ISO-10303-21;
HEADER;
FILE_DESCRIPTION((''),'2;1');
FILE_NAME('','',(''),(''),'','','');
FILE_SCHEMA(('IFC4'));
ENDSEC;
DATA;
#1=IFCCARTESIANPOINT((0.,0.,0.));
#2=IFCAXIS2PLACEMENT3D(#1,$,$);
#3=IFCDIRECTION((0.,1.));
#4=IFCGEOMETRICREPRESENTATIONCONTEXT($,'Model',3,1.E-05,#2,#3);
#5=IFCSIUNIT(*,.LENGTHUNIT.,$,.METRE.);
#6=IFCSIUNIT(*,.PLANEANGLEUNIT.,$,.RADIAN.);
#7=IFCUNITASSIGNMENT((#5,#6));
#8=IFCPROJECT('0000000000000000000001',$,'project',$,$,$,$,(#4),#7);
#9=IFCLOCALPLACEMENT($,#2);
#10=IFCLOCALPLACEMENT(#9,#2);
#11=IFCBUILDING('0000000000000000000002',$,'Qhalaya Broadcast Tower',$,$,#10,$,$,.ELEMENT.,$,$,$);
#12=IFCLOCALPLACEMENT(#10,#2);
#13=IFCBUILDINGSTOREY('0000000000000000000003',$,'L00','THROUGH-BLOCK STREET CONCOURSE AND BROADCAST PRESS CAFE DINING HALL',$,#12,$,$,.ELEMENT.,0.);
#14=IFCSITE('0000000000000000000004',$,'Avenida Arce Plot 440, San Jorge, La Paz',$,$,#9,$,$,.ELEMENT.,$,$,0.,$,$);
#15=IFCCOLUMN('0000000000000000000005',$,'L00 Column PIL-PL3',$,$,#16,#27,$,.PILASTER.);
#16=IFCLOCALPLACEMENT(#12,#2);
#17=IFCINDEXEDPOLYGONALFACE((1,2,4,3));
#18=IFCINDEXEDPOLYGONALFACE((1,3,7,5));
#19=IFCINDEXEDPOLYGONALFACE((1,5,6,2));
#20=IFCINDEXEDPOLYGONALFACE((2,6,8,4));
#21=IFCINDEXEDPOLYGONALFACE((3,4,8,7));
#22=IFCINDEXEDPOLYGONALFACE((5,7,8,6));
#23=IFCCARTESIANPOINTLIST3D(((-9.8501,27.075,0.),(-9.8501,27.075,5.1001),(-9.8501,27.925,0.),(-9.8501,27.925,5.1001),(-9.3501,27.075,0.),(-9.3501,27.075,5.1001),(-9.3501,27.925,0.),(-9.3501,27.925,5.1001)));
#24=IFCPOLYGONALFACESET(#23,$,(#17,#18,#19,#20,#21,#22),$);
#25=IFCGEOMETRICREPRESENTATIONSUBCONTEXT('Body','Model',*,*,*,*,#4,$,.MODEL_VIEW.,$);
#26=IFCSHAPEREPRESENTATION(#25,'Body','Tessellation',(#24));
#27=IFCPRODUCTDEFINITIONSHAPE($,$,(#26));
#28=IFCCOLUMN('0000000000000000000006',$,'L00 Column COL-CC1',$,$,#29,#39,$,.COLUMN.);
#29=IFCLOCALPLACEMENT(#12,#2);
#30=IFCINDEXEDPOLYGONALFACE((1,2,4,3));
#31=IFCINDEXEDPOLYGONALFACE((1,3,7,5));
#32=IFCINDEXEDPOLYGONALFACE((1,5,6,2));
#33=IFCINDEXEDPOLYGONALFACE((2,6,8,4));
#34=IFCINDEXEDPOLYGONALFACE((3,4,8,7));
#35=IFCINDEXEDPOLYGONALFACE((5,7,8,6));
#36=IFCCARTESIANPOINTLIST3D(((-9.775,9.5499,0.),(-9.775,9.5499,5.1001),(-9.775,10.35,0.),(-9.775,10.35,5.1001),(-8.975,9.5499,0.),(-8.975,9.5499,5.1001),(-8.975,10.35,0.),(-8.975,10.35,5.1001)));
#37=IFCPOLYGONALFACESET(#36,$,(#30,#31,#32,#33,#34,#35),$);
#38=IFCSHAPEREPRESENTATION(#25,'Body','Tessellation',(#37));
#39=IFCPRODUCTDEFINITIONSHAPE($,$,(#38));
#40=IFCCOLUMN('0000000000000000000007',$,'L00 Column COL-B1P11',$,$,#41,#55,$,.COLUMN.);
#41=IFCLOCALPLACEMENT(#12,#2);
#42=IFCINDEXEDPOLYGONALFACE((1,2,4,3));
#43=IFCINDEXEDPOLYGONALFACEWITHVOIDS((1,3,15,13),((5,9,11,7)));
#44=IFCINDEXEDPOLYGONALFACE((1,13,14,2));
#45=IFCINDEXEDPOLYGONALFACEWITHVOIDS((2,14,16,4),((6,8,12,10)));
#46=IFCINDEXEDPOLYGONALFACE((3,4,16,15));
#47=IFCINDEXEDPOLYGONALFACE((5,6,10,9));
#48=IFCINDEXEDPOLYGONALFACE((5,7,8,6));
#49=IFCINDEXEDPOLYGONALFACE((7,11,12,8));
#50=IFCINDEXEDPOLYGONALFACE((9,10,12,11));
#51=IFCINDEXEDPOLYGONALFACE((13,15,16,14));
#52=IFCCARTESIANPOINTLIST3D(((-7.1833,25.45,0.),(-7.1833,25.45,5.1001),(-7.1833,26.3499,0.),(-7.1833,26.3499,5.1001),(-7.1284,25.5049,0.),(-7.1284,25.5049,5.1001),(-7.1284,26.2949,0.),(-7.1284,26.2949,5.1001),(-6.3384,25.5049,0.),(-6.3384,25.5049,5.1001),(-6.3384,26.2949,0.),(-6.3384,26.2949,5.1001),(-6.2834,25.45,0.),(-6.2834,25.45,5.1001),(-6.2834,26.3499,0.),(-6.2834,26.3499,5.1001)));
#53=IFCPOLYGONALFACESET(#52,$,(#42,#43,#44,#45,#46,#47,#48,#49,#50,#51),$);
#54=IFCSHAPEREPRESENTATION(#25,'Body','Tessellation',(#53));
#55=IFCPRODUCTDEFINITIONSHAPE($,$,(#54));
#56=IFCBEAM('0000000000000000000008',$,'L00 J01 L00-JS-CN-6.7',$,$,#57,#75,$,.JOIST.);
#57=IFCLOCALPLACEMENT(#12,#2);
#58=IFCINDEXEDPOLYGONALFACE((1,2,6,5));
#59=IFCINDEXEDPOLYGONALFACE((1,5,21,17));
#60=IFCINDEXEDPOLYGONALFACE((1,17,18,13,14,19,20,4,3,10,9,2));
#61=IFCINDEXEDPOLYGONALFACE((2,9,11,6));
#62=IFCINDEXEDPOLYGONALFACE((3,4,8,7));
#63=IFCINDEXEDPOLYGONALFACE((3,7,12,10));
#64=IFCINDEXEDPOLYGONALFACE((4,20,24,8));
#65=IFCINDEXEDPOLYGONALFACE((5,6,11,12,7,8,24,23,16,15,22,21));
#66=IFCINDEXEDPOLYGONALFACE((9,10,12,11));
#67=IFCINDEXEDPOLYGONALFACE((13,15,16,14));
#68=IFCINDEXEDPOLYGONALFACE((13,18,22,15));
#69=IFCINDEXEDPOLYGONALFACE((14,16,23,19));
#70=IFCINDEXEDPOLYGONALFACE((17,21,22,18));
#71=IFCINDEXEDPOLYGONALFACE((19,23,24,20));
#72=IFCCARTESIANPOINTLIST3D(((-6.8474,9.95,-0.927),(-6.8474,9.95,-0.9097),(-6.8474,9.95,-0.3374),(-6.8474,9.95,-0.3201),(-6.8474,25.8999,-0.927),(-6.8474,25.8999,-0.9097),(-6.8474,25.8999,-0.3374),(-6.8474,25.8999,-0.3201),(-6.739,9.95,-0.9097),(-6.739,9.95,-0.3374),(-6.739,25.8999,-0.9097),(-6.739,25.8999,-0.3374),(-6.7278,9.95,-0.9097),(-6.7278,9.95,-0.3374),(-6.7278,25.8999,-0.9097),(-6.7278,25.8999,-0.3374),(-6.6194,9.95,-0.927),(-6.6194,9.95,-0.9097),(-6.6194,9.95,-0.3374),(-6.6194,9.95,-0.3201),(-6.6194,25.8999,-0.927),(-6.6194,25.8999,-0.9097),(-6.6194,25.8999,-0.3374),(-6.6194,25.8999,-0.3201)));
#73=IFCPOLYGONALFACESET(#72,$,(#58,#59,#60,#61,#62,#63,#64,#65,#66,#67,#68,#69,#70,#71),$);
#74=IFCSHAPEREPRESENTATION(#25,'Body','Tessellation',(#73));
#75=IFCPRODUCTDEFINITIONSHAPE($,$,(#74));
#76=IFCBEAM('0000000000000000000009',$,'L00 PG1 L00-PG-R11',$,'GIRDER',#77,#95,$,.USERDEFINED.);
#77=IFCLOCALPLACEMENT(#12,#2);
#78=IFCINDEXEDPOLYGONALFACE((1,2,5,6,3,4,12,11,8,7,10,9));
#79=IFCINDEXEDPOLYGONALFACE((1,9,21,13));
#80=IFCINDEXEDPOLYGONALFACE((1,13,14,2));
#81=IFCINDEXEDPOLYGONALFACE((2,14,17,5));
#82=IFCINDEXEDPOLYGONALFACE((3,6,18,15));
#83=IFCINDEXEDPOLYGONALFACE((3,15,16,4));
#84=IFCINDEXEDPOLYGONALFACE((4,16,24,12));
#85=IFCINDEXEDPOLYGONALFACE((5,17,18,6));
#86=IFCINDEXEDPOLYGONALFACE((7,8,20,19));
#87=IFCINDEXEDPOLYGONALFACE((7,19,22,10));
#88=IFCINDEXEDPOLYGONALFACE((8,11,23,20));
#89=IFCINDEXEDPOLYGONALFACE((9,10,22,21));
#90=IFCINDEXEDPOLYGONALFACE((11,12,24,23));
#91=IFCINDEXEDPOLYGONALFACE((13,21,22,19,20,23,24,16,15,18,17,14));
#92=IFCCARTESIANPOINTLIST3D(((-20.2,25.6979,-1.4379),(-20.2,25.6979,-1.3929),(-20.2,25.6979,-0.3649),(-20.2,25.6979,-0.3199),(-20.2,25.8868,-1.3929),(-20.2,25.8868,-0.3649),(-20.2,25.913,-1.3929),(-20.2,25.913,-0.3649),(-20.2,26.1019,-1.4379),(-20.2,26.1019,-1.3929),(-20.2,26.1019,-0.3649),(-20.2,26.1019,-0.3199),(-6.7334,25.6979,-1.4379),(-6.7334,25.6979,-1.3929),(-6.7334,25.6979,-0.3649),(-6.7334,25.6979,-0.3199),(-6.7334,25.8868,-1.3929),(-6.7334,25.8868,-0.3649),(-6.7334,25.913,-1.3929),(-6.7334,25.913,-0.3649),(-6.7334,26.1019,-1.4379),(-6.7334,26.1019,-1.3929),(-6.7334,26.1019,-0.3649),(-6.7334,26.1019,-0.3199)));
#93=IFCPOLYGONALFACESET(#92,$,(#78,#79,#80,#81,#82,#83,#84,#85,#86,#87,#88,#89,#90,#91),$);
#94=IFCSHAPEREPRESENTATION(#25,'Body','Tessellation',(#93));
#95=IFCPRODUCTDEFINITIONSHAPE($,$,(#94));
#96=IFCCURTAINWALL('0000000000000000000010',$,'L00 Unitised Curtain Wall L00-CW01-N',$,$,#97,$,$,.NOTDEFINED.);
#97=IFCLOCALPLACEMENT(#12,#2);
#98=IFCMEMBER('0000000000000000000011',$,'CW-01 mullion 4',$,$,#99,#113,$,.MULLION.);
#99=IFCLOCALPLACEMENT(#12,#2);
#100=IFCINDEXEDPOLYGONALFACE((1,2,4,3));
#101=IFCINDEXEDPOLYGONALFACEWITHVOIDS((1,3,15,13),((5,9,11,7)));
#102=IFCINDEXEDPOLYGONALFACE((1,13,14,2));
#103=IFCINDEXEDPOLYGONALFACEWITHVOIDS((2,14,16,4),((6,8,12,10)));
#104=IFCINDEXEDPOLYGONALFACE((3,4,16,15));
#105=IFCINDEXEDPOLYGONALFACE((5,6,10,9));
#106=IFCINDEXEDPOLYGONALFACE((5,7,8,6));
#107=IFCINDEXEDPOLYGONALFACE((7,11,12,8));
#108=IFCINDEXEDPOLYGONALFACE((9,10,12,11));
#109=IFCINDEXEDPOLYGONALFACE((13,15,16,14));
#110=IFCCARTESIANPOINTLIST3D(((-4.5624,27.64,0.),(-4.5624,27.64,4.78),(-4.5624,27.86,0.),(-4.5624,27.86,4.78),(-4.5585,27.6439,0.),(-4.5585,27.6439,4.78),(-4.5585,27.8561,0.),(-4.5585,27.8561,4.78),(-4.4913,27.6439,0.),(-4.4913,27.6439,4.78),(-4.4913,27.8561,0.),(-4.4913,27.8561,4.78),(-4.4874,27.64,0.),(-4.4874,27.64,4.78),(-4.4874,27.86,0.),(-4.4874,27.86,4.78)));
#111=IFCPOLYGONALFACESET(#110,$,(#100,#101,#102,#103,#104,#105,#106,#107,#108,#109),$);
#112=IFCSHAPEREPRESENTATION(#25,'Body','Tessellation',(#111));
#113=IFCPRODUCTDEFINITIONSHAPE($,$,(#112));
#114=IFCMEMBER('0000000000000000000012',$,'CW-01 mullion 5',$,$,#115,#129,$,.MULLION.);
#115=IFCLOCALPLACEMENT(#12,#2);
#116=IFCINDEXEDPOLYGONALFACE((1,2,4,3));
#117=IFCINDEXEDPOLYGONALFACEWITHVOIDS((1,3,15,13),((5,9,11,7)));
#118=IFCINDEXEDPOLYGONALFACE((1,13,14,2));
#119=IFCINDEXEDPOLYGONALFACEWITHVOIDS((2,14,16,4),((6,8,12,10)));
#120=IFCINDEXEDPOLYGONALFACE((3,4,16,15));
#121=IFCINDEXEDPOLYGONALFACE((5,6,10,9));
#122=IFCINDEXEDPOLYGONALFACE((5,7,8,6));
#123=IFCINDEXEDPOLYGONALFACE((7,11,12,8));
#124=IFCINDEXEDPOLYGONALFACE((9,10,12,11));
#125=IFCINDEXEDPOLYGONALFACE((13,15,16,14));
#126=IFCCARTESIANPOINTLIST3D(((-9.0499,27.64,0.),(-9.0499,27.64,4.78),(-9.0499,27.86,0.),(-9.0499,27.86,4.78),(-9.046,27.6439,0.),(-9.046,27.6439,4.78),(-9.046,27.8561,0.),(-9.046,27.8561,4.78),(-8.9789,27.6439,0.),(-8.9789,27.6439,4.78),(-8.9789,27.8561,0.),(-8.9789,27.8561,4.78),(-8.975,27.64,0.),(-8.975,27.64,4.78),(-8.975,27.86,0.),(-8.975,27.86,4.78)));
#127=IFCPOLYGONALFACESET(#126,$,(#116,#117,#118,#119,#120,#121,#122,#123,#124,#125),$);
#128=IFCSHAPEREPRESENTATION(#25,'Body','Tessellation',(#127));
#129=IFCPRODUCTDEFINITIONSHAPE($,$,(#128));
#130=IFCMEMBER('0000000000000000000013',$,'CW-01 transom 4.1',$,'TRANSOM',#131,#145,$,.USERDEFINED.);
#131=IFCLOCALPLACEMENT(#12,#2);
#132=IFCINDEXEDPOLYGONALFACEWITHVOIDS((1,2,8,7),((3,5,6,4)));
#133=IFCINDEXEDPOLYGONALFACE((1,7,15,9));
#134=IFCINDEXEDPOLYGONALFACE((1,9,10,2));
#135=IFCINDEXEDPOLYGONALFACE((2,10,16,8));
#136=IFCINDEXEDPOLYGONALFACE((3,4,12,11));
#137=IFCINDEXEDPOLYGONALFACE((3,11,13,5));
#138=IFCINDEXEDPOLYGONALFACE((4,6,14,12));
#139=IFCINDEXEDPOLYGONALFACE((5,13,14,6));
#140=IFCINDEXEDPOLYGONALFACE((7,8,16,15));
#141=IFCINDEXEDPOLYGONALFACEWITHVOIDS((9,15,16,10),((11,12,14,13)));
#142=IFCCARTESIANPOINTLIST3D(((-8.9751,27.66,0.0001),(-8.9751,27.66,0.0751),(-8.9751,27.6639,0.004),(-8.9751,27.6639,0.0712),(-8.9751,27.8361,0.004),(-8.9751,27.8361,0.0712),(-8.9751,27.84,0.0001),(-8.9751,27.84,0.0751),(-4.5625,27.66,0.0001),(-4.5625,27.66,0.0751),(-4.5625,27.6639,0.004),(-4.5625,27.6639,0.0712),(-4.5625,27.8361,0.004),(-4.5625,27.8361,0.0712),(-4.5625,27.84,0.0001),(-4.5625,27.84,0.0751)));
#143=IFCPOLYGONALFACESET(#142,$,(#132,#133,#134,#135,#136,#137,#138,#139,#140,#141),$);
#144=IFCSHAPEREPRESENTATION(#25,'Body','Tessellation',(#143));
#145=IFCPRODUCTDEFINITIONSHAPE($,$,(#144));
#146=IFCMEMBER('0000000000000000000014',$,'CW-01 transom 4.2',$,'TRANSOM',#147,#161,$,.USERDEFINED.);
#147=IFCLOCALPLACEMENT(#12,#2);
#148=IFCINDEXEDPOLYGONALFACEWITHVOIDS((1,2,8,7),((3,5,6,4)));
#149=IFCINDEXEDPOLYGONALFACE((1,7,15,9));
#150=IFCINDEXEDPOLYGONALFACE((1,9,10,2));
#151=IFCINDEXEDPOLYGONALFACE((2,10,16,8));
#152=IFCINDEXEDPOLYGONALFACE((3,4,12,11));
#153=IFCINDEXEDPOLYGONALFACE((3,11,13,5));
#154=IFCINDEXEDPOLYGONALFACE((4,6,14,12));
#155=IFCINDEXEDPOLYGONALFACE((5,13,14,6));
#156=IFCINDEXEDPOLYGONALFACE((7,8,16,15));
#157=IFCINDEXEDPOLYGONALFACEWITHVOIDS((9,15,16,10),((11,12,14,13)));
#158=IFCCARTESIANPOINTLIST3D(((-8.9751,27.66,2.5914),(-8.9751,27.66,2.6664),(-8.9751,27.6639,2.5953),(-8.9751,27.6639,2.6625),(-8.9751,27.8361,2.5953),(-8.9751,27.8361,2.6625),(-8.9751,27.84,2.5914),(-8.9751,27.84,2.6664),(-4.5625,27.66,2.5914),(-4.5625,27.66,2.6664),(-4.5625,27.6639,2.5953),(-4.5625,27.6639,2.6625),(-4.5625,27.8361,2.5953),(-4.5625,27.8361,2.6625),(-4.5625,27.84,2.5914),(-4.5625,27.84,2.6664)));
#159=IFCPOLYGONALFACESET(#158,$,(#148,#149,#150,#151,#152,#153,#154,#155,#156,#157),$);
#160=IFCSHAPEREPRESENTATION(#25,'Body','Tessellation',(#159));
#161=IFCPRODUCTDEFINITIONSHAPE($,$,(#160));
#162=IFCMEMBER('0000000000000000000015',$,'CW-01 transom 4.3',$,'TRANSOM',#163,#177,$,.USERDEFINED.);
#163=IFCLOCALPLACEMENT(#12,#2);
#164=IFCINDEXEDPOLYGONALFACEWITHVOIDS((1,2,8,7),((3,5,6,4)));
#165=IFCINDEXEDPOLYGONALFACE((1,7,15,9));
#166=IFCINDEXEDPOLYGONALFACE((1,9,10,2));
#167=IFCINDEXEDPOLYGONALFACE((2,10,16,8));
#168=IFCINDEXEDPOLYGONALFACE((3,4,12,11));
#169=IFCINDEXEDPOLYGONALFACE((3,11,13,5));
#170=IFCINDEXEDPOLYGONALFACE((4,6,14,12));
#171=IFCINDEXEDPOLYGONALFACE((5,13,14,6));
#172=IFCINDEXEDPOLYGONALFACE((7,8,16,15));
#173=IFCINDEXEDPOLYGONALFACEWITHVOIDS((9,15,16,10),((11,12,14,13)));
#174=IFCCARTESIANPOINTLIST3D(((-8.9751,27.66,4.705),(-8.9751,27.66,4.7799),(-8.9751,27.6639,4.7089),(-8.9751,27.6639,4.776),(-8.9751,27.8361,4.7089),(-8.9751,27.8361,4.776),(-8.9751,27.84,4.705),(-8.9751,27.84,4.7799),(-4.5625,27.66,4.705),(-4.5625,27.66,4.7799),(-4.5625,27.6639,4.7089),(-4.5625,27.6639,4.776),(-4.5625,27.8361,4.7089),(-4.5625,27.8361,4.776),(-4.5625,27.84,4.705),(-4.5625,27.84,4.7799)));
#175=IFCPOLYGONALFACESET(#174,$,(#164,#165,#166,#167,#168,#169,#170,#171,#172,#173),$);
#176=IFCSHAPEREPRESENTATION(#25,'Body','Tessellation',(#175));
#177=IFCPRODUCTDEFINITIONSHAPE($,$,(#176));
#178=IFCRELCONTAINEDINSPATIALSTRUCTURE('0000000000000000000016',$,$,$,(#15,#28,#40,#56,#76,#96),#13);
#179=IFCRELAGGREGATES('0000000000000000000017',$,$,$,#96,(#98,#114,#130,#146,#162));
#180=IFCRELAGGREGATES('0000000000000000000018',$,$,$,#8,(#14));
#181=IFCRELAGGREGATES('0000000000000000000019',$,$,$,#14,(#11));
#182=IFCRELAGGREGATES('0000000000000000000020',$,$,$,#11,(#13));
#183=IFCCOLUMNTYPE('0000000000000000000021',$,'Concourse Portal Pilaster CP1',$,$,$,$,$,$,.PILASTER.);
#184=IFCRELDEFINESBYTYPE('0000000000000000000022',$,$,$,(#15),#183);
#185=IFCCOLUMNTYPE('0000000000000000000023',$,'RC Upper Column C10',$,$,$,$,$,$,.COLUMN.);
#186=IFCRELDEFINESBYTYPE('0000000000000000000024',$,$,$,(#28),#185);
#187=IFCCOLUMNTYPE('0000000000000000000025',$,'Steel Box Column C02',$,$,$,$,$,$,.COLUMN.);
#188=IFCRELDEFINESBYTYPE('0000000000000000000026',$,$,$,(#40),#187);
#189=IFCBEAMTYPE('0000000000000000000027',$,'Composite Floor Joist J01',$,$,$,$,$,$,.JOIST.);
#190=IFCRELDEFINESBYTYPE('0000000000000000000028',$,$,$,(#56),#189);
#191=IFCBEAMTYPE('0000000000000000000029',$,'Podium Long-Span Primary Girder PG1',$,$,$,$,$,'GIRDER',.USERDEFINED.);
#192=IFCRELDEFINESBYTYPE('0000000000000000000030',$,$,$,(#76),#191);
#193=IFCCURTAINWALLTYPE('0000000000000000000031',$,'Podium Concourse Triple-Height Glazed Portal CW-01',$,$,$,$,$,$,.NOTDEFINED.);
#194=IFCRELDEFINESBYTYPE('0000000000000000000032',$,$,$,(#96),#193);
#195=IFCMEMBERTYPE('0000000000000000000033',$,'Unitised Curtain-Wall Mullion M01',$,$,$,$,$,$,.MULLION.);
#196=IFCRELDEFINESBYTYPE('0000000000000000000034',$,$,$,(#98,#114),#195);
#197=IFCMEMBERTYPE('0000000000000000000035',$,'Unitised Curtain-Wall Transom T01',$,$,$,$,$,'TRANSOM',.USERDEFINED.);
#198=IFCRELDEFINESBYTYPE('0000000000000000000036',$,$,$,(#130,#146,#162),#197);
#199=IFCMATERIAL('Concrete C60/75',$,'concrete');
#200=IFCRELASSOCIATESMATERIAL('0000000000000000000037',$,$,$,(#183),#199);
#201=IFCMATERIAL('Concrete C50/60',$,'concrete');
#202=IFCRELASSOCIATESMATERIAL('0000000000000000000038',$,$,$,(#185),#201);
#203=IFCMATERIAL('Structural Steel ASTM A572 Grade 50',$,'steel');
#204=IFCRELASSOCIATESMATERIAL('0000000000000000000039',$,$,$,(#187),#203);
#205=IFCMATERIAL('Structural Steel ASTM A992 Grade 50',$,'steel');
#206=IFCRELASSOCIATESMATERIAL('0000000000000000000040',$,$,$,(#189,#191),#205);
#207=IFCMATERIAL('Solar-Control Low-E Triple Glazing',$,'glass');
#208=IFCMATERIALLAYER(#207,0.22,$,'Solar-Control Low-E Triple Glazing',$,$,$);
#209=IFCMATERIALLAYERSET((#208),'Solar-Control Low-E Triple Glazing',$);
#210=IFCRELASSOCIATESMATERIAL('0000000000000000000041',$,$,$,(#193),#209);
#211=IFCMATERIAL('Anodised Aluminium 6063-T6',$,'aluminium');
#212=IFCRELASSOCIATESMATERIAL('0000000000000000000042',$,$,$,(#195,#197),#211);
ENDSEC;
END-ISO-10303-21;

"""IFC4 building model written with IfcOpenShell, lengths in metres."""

from ifc_helpers import new_model, si_unit, direction, frame, origin, origin_2d, place, context, subcontext, project, spatial, rectangle, hollow_rectangle, i_section, extrude, material, layer, layer_set, material_profile, profile_set, type_object, element, aggregate, save


model = new_model("IFC4")

# Units and contexts
model_context = context("Model", 3, precision=1e-05, world=origin(), true_north=direction((0.0, 1.0)))
body_context = subcontext(model_context, "Body", "Model", "MODEL_VIEW")
ifc_project = project(units=[si_unit("LENGTHUNIT", "METRE"), si_unit("PLANEANGLEUNIT", "RADIAN")], contexts=[model_context])

# Site, building, storey
site_placement = place(None, origin())
site = spatial("IfcSite", under=ifc_project, at=site_placement, Name="Avenida Arce Plot 440, San Jorge, La Paz", CompositionType="ELEMENT", RefElevation=0.0)
building_placement = place(site_placement, origin())
building = spatial("IfcBuilding", under=site, at=building_placement, Name="Qhalaya Broadcast Tower", CompositionType="ELEMENT")
storey_placement = place(building_placement, origin())
storey = spatial("IfcBuildingStorey", under=building, at=storey_placement, Name="L00", Description="THROUGH-BLOCK STREET CONCOURSE AND BROADCAST PRESS CAFE DINING HALL", CompositionType="ELEMENT", Elevation=0.0)

# Columns
ifc_material_1 = material(Name="Concrete C60/75", Category="concrete")
ifc_material_profile_1 = material_profile(ifc_material_1, rectangle(XDim=0.5, YDim=0.8501, at=origin_2d()), Name="RC-PIL 500x850")
ifc_profile_set_1 = profile_set([ifc_material_profile_1], Name="Concrete C60/75")
column_type_1 = type_object("IfcColumnType", Name="Concourse Portal Pilaster CP1", PredefinedType="PILASTER", material=ifc_profile_set_1)
column_1_placement = place(storey_placement, frame((-9.6001, 27.5, 0.0), z_axis=(0.0, 0.0, 1.0), x_axis=(1.0, 0.0, 0.0)))
element("IfcColumn", 1, at=column_1_placement, inside=storey, type_object=column_type_1, Name="L00 Column PIL-PL3", PredefinedType="PILASTER", context=body_context, shape_type="SweptSolid", body=[
    extrude(rectangle(XDim=0.5, YDim=0.8501, at=origin_2d()), origin(), (0.0, 0.0, 1.0), 5.1001),
])
ifc_material_2 = material(Name="Concrete C50/60", Category="concrete")
ifc_material_profile_2 = material_profile(ifc_material_2, rectangle(XDim=0.8, YDim=0.8, at=origin_2d()), Name="RC-COL 800x800")
ifc_profile_set_2 = profile_set([ifc_material_profile_2], Name="Concrete C50/60")
column_type_2 = type_object("IfcColumnType", Name="RC Upper Column C10", PredefinedType="COLUMN", material=ifc_profile_set_2)
column_2_placement = place(storey_placement, frame((-9.375, 9.95, 0.0), z_axis=(0.0, 0.0, 1.0), x_axis=(1.0, 0.0, 0.0)))
element("IfcColumn", 2, at=column_2_placement, inside=storey, type_object=column_type_2, Name="L00 Column COL-CC1", PredefinedType="COLUMN", context=body_context, shape_type="SweptSolid", body=[
    extrude(rectangle(XDim=0.8, YDim=0.8, at=origin_2d()), origin(), (0.0, 0.0, 1.0), 5.1001),
])
ifc_material_3 = material(Name="Structural Steel ASTM A572 Grade 50", Category="steel")
ifc_material_profile_3 = material_profile(ifc_material_3, hollow_rectangle(XDim=0.8999, YDim=0.8999, WallThickness=0.0549, at=origin_2d()), Name="BOX 900x900x55")
ifc_profile_set_3 = profile_set([ifc_material_profile_3], Name="Structural Steel ASTM A572 Grade 50")
column_type_3 = type_object("IfcColumnType", Name="Steel Box Column C02", PredefinedType="COLUMN", material=ifc_profile_set_3)
column_3_placement = place(storey_placement, frame((-6.7334, 25.8999, 0.0), z_axis=(0.0, 0.0, 1.0), x_axis=(1.0, 0.0, 0.0)))
element("IfcColumn", 3, at=column_3_placement, inside=storey, type_object=column_type_3, Name="L00 Column COL-B1P11", PredefinedType="COLUMN", context=body_context, shape_type="SweptSolid", body=[
    extrude(hollow_rectangle(XDim=0.8999, YDim=0.8999, WallThickness=0.0549, at=origin_2d()), origin(), (0.0, 0.0, 1.0), 5.1001),
])

# Beams
ifc_material_4 = material(Name="Structural Steel ASTM A992 Grade 50", Category="steel")
ifc_material_profile_4 = material_profile(ifc_material_4, i_section(OverallWidth=0.228, OverallDepth=0.6069, WebThickness=0.0112, FlangeThickness=0.0173, at=origin_2d()), Name="W24X76")
ifc_profile_set_4 = profile_set([ifc_material_profile_4], Name="Structural Steel ASTM A992 Grade 50")
beam_type_1 = type_object("IfcBeamType", Name="Composite Floor Joist J01", PredefinedType="JOIST", material=ifc_profile_set_4)
beam_1_placement = place(storey_placement, frame((-6.7334, 9.95, -0.6235), z_axis=(0.0, 1.0, 0.0), x_axis=(-1.0, 0.0, 0.0)))
element("IfcBeam", 4, at=beam_1_placement, inside=storey, type_object=beam_type_1, Name="L00 J01 L00-JS-CN-6.7", PredefinedType="JOIST", context=body_context, shape_type="SweptSolid", body=[
    extrude(i_section(OverallWidth=0.228, OverallDepth=0.6069, WebThickness=0.0112, FlangeThickness=0.0173, at=origin_2d()), origin(), (0.0, 0.0, 1.0), 15.95),
])
ifc_material_profile_5 = material_profile(ifc_material_4, i_section(OverallWidth=0.4041, OverallDepth=1.1179, WebThickness=0.0261, FlangeThickness=0.0449, at=origin_2d()), Name="W44X335")
ifc_profile_set_5 = profile_set([ifc_material_profile_5], Name="Structural Steel ASTM A992 Grade 50")
beam_type_2 = type_object("IfcBeamType", Name="Podium Long-Span Primary Girder PG1", ElementType="GIRDER", PredefinedType="USERDEFINED", material=ifc_profile_set_5)
beam_2_placement = place(storey_placement, frame((-6.7334, 25.8999, -0.8789), z_axis=(-1.0, 0.0, 0.0), x_axis=(0.0, -1.0, 0.0)))
element("IfcBeam", 5, at=beam_2_placement, inside=storey, type_object=beam_type_2, Name="L00 PG1 L00-PG-R11", ObjectType="GIRDER", PredefinedType="USERDEFINED", context=body_context, shape_type="SweptSolid", body=[
    extrude(i_section(OverallWidth=0.4041, OverallDepth=1.1179, WebThickness=0.0261, FlangeThickness=0.0449, at=origin_2d()), origin(), (0.0, 0.0, 1.0), 13.4666),
])

# Curtain wall, members
ifc_material_5 = material(Name="Solar-Control Low-E Triple Glazing", Category="glass")
ifc_layer_1 = layer(ifc_material_5, 0.22, Name="Solar-Control Low-E Triple Glazing")
ifc_layer_set_1 = layer_set([ifc_layer_1], Name="Solar-Control Low-E Triple Glazing")
curtain_wall_type = type_object("IfcCurtainWallType", Name="Podium Concourse Triple-Height Glazed Portal CW-01", PredefinedType="NOTDEFINED", material=ifc_layer_set_1)
curtain_wall_placement = place(storey_placement, origin())
curtain_wall = element("IfcCurtainWall", 6, at=curtain_wall_placement, inside=storey, type_object=curtain_wall_type, Name="L00 Unitised Curtain Wall L00-CW01-N", PredefinedType="NOTDEFINED")
ifc_material_6 = material(Name="Anodised Aluminium 6063-T6", Category="aluminium")
ifc_material_profile_6 = material_profile(ifc_material_6, hollow_rectangle(XDim=0.075, YDim=0.22, WallThickness=0.0039, at=origin_2d()), Name="ALU-MUL 75x220x4")
ifc_profile_set_6 = profile_set([ifc_material_profile_6], Name="Anodised Aluminium 6063-T6")
member_type_1 = type_object("IfcMemberType", Name="Unitised Curtain-Wall Mullion M01", PredefinedType="MULLION", material=ifc_profile_set_6)
member_1_placement = place(storey_placement, frame((-4.5249, 27.75, 0.0), z_axis=(0.0, 0.0, 1.0), x_axis=(-1.0, 0.0, 0.0)))
member_1 = element("IfcMember", 7, at=member_1_placement, type_object=member_type_1, Name="CW-01 mullion 4", PredefinedType="MULLION", context=body_context, shape_type="SweptSolid", body=[
    extrude(hollow_rectangle(XDim=0.075, YDim=0.22, WallThickness=0.0039, at=origin_2d()), origin(), (0.0, 0.0, 1.0), 4.78),
])
member_2_placement = place(storey_placement, frame((-9.0125, 27.75, 0.0), z_axis=(0.0, 0.0, 1.0), x_axis=(-1.0, 0.0, 0.0)))
member_2 = element("IfcMember", 8, at=member_2_placement, type_object=member_type_1, Name="CW-01 mullion 5", PredefinedType="MULLION", context=body_context, shape_type="SweptSolid", body=[
    extrude(hollow_rectangle(XDim=0.075, YDim=0.22, WallThickness=0.0039, at=origin_2d()), origin(), (0.0, 0.0, 1.0), 4.78),
])
ifc_material_profile_7 = material_profile(ifc_material_6, hollow_rectangle(XDim=0.075, YDim=0.1799, WallThickness=0.0039, at=origin_2d()), Name="ALU-TRN 75x180x4")
ifc_profile_set_7 = profile_set([ifc_material_profile_7], Name="Anodised Aluminium 6063-T6")
member_type_2 = type_object("IfcMemberType", Name="Unitised Curtain-Wall Transom T01", ElementType="TRANSOM", PredefinedType="USERDEFINED", material=ifc_profile_set_7)
member_3_placement = place(storey_placement, frame((-4.5625, 27.75, 0.0376), z_axis=(-1.0, 0.0, 0.0), x_axis=(0.0, 0.0, 1.0)))
member_3 = element("IfcMember", 9, at=member_3_placement, type_object=member_type_2, Name="CW-01 transom 4.1", ObjectType="TRANSOM", PredefinedType="USERDEFINED", context=body_context, shape_type="SweptSolid", body=[
    extrude(hollow_rectangle(XDim=0.075, YDim=0.1799, WallThickness=0.0039, at=origin_2d()), origin(), (0.0, 0.0, 1.0), 4.4126),
])
member_4_placement = place(storey_placement, frame((-4.5625, 27.75, 2.6289), z_axis=(-1.0, 0.0, 0.0), x_axis=(0.0, 0.0, 1.0)))
member_4 = element("IfcMember", 10, at=member_4_placement, type_object=member_type_2, Name="CW-01 transom 4.2", ObjectType="TRANSOM", PredefinedType="USERDEFINED", context=body_context, shape_type="SweptSolid", body=[
    extrude(hollow_rectangle(XDim=0.075, YDim=0.1799, WallThickness=0.0039, at=origin_2d()), origin(), (0.0, 0.0, 1.0), 4.4126),
])
member_5_placement = place(storey_placement, frame((-4.5625, 27.75, 4.7424), z_axis=(-1.0, 0.0, 0.0), x_axis=(0.0, 0.0, 1.0)))
member_5 = element("IfcMember", 11, at=member_5_placement, type_object=member_type_2, Name="CW-01 transom 4.3", ObjectType="TRANSOM", PredefinedType="USERDEFINED", context=body_context, shape_type="SweptSolid", body=[
    extrude(hollow_rectangle(XDim=0.075, YDim=0.1799, WallThickness=0.0039, at=origin_2d()), origin(), (0.0, 0.0, 1.0), 4.4126),
])
aggregate(curtain_wall, [member_1, member_2, member_3, member_4, member_5])

save(model, "model.ifc")
